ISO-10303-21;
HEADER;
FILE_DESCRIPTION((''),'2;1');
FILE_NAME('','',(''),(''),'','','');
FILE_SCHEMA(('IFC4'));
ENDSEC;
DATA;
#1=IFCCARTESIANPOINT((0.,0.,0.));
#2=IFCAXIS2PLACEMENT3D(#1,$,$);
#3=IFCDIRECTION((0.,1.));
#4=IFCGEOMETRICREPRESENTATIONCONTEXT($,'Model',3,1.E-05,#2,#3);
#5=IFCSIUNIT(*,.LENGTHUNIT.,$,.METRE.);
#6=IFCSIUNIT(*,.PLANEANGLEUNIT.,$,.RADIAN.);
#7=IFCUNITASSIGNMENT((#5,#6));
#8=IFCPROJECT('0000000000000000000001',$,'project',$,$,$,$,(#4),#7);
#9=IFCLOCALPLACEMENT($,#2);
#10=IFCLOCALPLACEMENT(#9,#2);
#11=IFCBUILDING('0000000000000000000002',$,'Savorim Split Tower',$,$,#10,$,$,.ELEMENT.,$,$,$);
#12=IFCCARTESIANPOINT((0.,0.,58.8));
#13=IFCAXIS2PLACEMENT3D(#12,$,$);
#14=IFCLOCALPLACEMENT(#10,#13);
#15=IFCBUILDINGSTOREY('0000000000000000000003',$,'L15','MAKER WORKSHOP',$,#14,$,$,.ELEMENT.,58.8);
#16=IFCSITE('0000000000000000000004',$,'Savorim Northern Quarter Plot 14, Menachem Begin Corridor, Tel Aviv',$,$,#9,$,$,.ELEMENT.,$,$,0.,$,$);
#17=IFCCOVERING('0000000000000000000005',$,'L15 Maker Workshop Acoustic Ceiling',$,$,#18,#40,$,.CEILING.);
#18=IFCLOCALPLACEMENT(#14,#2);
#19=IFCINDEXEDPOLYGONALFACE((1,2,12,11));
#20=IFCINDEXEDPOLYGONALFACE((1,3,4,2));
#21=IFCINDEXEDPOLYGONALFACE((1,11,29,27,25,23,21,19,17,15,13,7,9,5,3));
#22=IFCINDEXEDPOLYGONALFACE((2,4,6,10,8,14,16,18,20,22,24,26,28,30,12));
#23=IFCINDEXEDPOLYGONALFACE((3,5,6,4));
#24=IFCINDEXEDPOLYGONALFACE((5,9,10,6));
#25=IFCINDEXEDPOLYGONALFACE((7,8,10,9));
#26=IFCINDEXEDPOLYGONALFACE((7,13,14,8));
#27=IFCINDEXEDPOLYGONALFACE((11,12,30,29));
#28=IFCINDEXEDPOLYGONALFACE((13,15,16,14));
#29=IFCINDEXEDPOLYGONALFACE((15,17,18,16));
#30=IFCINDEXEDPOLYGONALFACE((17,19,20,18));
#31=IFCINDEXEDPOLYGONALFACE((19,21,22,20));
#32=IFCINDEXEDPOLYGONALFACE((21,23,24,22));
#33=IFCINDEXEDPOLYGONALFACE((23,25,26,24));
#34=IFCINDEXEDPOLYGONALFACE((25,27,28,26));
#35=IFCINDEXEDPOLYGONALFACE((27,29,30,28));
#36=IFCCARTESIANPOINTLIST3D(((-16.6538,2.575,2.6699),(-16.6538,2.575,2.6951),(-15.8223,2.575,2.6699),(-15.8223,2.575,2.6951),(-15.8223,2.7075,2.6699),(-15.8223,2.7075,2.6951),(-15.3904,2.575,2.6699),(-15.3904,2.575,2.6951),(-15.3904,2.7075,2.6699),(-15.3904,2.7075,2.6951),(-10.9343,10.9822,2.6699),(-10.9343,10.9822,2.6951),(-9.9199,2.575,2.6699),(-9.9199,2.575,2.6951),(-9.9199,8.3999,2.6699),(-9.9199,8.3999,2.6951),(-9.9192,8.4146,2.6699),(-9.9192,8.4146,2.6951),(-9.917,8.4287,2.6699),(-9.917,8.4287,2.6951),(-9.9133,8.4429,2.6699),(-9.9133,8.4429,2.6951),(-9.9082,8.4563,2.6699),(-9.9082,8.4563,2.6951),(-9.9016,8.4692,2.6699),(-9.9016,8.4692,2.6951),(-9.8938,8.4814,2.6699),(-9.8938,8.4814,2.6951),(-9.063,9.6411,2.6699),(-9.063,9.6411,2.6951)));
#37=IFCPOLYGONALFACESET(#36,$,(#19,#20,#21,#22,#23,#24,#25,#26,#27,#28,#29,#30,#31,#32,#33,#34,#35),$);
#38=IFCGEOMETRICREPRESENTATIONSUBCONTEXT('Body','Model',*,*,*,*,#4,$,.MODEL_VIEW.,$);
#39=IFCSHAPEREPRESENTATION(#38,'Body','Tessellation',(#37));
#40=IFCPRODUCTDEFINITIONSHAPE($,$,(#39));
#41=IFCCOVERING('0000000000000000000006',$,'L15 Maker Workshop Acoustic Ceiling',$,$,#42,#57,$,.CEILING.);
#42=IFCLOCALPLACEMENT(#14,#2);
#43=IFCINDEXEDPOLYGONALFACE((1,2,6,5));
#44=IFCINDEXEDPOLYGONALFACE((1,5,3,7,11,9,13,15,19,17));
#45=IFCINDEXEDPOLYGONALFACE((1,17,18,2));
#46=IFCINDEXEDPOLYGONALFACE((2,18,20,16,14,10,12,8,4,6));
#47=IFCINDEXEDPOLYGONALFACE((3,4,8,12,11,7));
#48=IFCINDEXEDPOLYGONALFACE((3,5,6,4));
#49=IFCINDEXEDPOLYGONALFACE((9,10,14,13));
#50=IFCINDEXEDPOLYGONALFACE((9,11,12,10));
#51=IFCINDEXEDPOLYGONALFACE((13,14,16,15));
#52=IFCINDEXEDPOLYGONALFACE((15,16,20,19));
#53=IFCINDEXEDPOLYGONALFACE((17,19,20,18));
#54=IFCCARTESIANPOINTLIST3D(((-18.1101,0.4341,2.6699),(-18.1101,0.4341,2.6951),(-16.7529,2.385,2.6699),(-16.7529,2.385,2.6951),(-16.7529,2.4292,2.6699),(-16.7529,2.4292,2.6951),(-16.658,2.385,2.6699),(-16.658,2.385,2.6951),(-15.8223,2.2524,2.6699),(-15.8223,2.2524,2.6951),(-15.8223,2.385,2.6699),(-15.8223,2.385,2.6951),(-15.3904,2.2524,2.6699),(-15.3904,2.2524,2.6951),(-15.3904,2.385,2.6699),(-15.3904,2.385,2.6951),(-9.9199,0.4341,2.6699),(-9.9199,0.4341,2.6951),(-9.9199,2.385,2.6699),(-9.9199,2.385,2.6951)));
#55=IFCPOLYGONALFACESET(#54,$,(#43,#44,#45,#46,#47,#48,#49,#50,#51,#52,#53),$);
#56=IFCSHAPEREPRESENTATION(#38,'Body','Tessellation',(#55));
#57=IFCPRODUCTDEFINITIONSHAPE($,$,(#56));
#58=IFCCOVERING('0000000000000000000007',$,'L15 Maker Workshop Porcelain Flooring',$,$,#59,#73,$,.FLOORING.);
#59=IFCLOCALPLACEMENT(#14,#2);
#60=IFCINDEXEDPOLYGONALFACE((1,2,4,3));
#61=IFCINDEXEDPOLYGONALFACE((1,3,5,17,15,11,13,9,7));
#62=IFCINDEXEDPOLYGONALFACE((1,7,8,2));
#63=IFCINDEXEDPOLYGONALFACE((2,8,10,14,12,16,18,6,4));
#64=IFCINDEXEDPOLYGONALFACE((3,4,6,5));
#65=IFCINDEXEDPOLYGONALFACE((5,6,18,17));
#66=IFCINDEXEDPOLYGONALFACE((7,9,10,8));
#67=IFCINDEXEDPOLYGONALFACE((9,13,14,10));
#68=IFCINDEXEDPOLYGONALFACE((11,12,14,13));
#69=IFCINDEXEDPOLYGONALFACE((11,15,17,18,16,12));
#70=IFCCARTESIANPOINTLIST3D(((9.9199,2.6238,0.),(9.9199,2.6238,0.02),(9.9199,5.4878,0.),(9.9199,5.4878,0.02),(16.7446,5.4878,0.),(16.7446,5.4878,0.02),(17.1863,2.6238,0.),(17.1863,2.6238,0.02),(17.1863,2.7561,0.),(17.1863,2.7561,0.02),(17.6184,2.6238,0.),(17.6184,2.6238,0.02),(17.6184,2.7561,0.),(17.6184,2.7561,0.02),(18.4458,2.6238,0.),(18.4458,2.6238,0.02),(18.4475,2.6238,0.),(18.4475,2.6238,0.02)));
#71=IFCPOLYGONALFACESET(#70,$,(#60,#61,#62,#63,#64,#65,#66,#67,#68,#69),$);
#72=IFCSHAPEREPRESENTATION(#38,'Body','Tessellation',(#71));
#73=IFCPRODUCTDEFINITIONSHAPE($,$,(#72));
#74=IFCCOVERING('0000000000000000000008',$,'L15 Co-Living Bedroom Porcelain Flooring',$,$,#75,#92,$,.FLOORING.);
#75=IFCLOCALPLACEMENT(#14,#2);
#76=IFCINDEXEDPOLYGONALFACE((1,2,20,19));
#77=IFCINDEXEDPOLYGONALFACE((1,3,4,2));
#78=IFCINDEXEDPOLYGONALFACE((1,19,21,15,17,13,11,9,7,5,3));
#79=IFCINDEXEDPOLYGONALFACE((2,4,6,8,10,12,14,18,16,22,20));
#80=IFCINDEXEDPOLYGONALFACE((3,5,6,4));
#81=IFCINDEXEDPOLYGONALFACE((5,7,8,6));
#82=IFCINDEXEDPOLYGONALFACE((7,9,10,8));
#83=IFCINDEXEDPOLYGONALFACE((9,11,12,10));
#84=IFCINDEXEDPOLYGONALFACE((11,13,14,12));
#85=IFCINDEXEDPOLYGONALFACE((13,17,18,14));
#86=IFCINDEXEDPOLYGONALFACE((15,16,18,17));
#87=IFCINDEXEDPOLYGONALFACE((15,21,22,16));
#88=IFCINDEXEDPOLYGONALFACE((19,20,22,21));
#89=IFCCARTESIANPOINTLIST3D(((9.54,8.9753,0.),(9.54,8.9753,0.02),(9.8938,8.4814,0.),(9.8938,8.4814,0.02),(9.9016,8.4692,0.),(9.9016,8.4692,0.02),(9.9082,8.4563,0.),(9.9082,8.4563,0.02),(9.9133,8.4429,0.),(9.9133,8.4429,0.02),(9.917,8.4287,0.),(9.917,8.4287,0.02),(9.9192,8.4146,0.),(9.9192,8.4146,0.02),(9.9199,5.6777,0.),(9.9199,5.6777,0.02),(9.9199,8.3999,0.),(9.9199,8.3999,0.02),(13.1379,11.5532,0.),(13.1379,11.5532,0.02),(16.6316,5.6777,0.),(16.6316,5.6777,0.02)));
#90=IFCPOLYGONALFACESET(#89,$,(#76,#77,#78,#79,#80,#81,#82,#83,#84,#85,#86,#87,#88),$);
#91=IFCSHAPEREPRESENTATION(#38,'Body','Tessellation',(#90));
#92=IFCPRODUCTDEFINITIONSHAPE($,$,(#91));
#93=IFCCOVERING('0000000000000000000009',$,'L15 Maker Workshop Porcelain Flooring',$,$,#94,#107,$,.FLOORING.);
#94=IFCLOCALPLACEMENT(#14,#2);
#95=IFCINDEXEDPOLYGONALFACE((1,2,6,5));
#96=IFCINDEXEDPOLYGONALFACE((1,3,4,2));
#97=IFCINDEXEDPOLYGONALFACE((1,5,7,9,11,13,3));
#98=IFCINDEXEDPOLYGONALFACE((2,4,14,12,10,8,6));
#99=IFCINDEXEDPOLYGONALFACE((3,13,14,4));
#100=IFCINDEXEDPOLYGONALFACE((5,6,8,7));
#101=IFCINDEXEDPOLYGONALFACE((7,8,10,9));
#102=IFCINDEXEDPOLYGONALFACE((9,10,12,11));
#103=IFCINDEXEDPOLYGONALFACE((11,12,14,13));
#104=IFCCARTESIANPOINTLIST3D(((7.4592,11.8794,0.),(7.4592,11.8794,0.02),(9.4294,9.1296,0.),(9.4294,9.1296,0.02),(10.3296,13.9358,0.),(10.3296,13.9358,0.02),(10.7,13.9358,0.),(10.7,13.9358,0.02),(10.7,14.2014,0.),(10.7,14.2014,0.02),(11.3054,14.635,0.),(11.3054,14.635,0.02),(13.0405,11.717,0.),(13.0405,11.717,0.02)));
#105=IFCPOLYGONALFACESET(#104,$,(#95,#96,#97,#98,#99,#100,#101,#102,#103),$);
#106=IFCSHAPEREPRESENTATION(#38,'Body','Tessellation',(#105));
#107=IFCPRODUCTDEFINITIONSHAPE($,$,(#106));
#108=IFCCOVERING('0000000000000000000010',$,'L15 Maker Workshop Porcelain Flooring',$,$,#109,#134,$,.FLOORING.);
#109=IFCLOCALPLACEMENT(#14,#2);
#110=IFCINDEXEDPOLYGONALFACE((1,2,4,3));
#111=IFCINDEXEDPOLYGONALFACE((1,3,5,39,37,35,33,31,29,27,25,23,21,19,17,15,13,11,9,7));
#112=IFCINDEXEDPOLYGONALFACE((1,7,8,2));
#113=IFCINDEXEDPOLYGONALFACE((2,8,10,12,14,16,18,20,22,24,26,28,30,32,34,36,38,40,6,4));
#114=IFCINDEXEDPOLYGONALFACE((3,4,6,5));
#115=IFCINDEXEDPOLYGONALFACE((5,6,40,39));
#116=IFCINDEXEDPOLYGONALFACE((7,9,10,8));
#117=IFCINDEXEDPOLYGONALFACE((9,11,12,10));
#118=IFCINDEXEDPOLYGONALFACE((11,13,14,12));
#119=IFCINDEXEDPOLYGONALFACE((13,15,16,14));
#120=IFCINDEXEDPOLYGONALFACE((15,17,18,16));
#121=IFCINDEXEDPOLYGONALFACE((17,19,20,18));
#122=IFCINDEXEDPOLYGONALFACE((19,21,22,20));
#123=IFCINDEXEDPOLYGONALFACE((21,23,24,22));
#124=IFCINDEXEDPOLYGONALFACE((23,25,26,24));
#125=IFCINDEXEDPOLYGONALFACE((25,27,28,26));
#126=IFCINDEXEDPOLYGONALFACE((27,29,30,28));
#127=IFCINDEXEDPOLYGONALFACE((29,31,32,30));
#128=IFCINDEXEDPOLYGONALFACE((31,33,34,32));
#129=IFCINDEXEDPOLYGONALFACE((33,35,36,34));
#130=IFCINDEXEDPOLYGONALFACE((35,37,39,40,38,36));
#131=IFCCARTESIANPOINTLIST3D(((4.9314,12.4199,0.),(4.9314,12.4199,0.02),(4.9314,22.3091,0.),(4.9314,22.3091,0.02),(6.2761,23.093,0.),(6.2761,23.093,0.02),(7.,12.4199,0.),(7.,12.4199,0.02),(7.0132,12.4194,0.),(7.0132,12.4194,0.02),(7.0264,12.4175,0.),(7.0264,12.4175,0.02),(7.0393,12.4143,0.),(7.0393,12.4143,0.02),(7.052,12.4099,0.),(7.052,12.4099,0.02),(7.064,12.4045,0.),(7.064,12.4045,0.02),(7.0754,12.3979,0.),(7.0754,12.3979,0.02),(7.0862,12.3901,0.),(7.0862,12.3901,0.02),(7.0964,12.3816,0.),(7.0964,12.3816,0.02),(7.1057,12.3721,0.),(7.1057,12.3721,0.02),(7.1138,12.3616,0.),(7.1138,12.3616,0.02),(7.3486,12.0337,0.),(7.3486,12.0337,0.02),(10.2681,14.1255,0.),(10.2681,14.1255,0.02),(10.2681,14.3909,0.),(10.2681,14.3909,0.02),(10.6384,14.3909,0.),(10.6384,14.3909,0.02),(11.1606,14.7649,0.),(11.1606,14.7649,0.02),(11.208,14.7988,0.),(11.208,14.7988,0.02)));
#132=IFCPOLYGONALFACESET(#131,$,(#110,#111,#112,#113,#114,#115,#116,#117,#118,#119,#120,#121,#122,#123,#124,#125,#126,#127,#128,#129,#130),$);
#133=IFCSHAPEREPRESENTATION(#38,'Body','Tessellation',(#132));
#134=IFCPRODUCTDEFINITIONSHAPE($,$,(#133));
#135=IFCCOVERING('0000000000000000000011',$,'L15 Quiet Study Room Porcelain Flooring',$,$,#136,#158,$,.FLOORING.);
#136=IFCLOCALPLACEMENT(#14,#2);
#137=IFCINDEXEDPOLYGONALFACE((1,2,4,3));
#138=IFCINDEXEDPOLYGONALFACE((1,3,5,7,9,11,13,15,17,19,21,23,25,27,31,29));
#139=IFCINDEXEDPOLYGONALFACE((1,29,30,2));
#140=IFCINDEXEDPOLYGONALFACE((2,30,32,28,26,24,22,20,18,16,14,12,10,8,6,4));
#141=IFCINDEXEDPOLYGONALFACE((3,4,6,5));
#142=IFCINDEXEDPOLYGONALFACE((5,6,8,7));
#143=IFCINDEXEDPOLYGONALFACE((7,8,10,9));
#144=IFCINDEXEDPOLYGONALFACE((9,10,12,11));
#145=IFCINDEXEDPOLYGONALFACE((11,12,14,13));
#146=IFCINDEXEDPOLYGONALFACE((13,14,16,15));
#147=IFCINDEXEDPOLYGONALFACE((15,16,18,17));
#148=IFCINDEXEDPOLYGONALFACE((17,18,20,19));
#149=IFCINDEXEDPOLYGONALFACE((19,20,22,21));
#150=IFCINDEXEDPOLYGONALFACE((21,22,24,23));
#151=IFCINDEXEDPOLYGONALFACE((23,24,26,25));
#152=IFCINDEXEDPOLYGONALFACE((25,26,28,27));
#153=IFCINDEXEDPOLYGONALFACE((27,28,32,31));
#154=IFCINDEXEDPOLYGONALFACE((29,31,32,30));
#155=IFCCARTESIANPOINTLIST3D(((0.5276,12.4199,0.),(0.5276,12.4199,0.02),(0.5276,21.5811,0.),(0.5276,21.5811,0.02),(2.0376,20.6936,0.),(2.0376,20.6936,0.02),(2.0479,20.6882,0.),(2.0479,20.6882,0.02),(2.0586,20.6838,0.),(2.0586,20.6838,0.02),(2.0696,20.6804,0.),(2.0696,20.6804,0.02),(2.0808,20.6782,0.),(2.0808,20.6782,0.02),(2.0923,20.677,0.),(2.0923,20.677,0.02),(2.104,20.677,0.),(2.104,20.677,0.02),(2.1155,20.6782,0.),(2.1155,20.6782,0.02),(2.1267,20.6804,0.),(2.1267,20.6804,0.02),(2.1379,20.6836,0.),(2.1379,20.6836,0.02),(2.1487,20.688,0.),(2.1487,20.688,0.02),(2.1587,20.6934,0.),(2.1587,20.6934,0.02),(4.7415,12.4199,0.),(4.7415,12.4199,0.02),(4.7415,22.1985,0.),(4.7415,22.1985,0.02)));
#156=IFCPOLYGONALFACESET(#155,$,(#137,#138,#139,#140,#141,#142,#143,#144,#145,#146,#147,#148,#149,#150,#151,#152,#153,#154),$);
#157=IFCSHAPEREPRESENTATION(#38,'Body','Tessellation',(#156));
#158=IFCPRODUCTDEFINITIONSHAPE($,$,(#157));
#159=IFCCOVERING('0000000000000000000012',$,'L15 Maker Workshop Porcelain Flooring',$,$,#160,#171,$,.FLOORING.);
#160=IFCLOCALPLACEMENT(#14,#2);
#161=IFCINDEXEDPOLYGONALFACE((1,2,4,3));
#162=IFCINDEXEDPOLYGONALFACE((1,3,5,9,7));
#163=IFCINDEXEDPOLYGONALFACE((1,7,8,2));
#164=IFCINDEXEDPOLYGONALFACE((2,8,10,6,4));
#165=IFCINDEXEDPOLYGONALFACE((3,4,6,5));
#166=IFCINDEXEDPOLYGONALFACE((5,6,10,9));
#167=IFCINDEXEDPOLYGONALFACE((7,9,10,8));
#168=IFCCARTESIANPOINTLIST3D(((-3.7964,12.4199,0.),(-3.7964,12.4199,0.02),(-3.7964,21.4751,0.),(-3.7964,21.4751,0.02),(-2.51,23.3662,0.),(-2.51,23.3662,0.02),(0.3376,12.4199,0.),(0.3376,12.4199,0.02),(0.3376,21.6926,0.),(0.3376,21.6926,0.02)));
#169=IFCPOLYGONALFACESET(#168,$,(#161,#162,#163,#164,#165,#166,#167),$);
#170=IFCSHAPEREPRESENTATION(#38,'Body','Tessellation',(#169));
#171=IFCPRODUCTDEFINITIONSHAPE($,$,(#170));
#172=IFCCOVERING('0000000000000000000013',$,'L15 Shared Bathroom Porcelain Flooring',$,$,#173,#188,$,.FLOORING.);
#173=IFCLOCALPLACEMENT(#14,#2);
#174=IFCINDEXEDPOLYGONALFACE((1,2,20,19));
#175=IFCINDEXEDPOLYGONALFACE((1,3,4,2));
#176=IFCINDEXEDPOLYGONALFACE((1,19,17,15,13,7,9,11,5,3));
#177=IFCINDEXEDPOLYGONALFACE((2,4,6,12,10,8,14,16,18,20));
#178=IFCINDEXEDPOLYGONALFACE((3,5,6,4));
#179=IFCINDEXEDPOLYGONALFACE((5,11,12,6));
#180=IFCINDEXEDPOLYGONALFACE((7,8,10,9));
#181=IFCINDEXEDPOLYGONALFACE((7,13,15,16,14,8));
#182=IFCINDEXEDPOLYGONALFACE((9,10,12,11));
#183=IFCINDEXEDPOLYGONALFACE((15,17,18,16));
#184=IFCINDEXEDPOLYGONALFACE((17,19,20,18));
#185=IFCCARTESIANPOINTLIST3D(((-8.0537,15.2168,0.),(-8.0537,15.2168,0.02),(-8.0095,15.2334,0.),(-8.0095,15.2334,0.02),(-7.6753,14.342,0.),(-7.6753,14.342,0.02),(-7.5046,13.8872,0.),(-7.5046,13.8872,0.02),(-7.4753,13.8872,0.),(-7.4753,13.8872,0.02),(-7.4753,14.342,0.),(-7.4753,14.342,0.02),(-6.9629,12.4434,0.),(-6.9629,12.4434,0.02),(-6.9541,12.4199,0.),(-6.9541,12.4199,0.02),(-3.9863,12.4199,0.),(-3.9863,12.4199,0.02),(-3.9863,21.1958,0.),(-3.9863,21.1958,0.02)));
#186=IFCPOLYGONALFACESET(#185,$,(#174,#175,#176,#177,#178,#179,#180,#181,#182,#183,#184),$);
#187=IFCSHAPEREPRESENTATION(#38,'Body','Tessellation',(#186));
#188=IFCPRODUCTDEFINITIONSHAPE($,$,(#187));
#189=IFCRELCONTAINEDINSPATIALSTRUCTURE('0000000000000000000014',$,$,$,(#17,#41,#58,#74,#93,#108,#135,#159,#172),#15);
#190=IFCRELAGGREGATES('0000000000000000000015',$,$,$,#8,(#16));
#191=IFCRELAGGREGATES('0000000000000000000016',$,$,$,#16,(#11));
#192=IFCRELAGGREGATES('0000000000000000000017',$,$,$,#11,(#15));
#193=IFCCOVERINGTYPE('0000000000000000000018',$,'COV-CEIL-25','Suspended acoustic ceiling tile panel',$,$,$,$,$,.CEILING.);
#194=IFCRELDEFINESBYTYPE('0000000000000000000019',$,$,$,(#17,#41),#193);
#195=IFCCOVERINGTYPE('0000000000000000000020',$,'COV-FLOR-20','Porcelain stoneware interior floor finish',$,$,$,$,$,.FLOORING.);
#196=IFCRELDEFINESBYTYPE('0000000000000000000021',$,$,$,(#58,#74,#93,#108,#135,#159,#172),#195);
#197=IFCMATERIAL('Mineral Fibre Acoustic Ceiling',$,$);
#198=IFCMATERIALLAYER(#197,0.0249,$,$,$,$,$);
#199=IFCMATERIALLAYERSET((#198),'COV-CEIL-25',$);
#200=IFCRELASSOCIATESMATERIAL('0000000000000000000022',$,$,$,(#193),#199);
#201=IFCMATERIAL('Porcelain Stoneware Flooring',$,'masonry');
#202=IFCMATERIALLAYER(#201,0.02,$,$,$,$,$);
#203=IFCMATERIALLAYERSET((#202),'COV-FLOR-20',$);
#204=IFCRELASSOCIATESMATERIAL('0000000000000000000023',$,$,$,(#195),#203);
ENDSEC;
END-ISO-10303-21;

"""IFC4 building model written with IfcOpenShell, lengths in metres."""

from ifc_helpers import new_model, si_unit, direction, frame, origin, place, context, subcontext, project, spatial, polyline, outline, extrude, material, layer, layer_set, type_object, element, save


model = new_model("IFC4")

# Units and contexts
model_context = context("Model", 3, precision=1e-05, world=origin(), true_north=direction((0.0, 1.0)))
body_context = subcontext(model_context, "Body", "Model", "MODEL_VIEW")
ifc_project = project(units=[si_unit("LENGTHUNIT", "METRE"), si_unit("PLANEANGLEUNIT", "RADIAN")], contexts=[model_context])

# Site, building, storey
site_placement = place(None, origin())
site = spatial("IfcSite", under=ifc_project, at=site_placement, Name="Savorim Northern Quarter Plot 14, Menachem Begin Corridor, Tel Aviv", CompositionType="ELEMENT", RefElevation=0.0)
building_placement = place(site_placement, origin())
building = spatial("IfcBuilding", under=site, at=building_placement, Name="Savorim Split Tower", CompositionType="ELEMENT")
storey_placement = place(building_placement, frame((0.0, 0.0, 58.8)))
storey = spatial("IfcBuildingStorey", under=building, at=storey_placement, Name="L15", Description="MAKER WORKSHOP", CompositionType="ELEMENT", Elevation=58.8)

# Coverings
ifc_material_1 = material(Name="Mineral Fibre Acoustic Ceiling")
ifc_layer_1 = layer(ifc_material_1, 0.0249)
ifc_layer_set_1 = layer_set([ifc_layer_1], Name="COV-CEIL-25")
covering_type_1 = type_object("IfcCoveringType", Name="COV-CEIL-25", Description="Suspended acoustic ceiling tile panel", PredefinedType="CEILING", material=ifc_layer_set_1)
covering_1_placement = place(storey_placement, frame((0.0, 0.0, 2.6699)))
element("IfcCovering", 1, at=covering_1_placement, inside=storey, type_object=covering_type_1, Name="L15 Maker Workshop Acoustic Ceiling", PredefinedType="CEILING", context=body_context, shape_type="SweptSolid", body=[
    extrude(outline(polyline([(-9.9082, 8.4563), (-9.9016, 8.4692), (-9.8938, 8.4814), (-9.063, 9.6411), (-10.9343, 10.9822), (-16.6538, 2.575), (-15.8223, 2.575), (-15.8223, 2.7075), (-15.3904, 2.7075), (-15.3904, 2.575), (-9.9199, 2.575), (-9.9199, 8.3999), (-9.9192, 8.4146), (-9.917, 8.4287), (-9.9133, 8.4429), (-9.9082, 8.4563)])), origin(), (0.0, 0.0, 1.0), 0.0251),
])
covering_2_placement = place(storey_placement, frame((0.0, 0.0, 2.6699)))
element("IfcCovering", 2, at=covering_2_placement, inside=storey, type_object=covering_type_1, Name="L15 Maker Workshop Acoustic Ceiling", PredefinedType="CEILING", context=body_context, shape_type="SweptSolid", body=[
    extrude(outline(polyline([(-15.8223, 2.385), (-16.658, 2.385), (-16.7529, 2.385), (-16.7529, 2.4292), (-18.1101, 0.4341), (-9.9199, 0.4341), (-9.9199, 2.385), (-15.3904, 2.385), (-15.3904, 2.2524), (-15.8223, 2.2524), (-15.8223, 2.385)])), origin(), (0.0, 0.0, 1.0), 0.0251),
])
ifc_material_2 = material(Name="Porcelain Stoneware Flooring", Category="masonry")
ifc_layer_2 = layer(ifc_material_2, 0.02)
ifc_layer_set_2 = layer_set([ifc_layer_2], Name="COV-FLOR-20")
covering_type_2 = type_object("IfcCoveringType", Name="COV-FLOR-20", Description="Porcelain stoneware interior floor finish", PredefinedType="FLOORING", material=ifc_layer_set_2)
covering_3_placement = place(storey_placement, origin())
element("IfcCovering", 3, at=covering_3_placement, inside=storey, type_object=covering_type_2, Name="L15 Maker Workshop Porcelain Flooring", PredefinedType="FLOORING", context=body_context, shape_type="SweptSolid", body=[
    extrude(outline(polyline([(17.6184, 2.7561), (17.6184, 2.6238), (18.4458, 2.6238), (18.4475, 2.6238), (16.7446, 5.4878), (9.9199, 5.4878), (9.9199, 2.6238), (17.1863, 2.6238), (17.1863, 2.7561), (17.6184, 2.7561)])), origin(), (0.0, 0.0, 1.0), 0.02),
])
covering_4_placement = place(storey_placement, origin())
element("IfcCovering", 4, at=covering_4_placement, inside=storey, type_object=covering_type_2, Name="L15 Co-Living Bedroom Porcelain Flooring", PredefinedType="FLOORING", context=body_context, shape_type="SweptSolid", body=[
    extrude(outline(polyline([(9.917, 8.4287), (9.9192, 8.4146), (9.9199, 8.3999), (9.9199, 5.6777), (16.6316, 5.6777), (13.1379, 11.5532), (9.54, 8.9753), (9.8938, 8.4814), (9.9016, 8.4692), (9.9082, 8.4563), (9.9133, 8.4429), (9.917, 8.4287)])), origin(), (0.0, 0.0, 1.0), 0.02),
])
covering_5_placement = place(storey_placement, origin())
element("IfcCovering", 5, at=covering_5_placement, inside=storey, type_object=covering_type_2, Name="L15 Maker Workshop Porcelain Flooring", PredefinedType="FLOORING", context=body_context, shape_type="SweptSolid", body=[
    extrude(outline(polyline([(10.3296, 13.9358), (7.4592, 11.8794), (7.4592, 11.8794), (9.4294, 9.1296), (13.0405, 11.717), (11.3054, 14.635), (10.7, 14.2014), (10.7, 13.9358), (10.3296, 13.9358)])), origin(), (0.0, 0.0, 1.0), 0.02),
])
covering_6_placement = place(storey_placement, origin())
element("IfcCovering", 6, at=covering_6_placement, inside=storey, type_object=covering_type_2, Name="L15 Maker Workshop Porcelain Flooring", PredefinedType="FLOORING", context=body_context, shape_type="SweptSolid", body=[
    extrude(outline(polyline([(11.1606, 14.7649), (11.208, 14.7988), (6.2761, 23.093), (4.9314, 22.3091), (4.9314, 12.4199), (7.0, 12.4199), (7.0132, 12.4194), (7.0264, 12.4175), (7.0393, 12.4143), (7.052, 12.4099), (7.064, 12.4045), (7.0754, 12.3979), (7.0862, 12.3901), (7.0964, 12.3816), (7.1057, 12.3721), (7.1138, 12.3616), (7.3486, 12.0337), (10.2681, 14.1255), (10.2681, 14.3909), (10.6384, 14.3909), (11.1606, 14.7649)])), origin(), (0.0, 0.0, 1.0), 0.02),
])
covering_7_placement = place(storey_placement, origin())
element("IfcCovering", 7, at=covering_7_placement, inside=storey, type_object=covering_type_2, Name="L15 Quiet Study Room Porcelain Flooring", PredefinedType="FLOORING", context=body_context, shape_type="SweptSolid", body=[
    extrude(outline(polyline([(2.0586, 20.6838), (2.0479, 20.6882), (2.0376, 20.6936), (0.5276, 21.5811), (0.5276, 12.4199), (4.7415, 12.4199), (4.7415, 22.1985), (2.1587, 20.6934), (2.1487, 20.688), (2.1379, 20.6836), (2.1267, 20.6804), (2.1155, 20.6782), (2.104, 20.677), (2.0923, 20.677), (2.0808, 20.6782), (2.0696, 20.6804), (2.0586, 20.6838)])), origin(), (0.0, 0.0, 1.0), 0.02),
])
covering_8_placement = place(storey_placement, origin())
element("IfcCovering", 8, at=covering_8_placement, inside=storey, type_object=covering_type_2, Name="L15 Maker Workshop Porcelain Flooring", PredefinedType="FLOORING", context=body_context, shape_type="SweptSolid", body=[
    extrude(outline(polyline([(-3.7964, 12.4199), (0.3376, 12.4199), (0.3376, 21.6926), (-2.51, 23.3662), (-3.7964, 21.4751), (-3.7964, 12.4199)])), origin(), (0.0, 0.0, 1.0), 0.02),
])
covering_9_placement = place(storey_placement, origin())
element("IfcCovering", 9, at=covering_9_placement, inside=storey, type_object=covering_type_2, Name="L15 Shared Bathroom Porcelain Flooring", PredefinedType="FLOORING", context=body_context, shape_type="SweptSolid", body=[
    extrude(outline(polyline([(-7.5046, 13.8872), (-6.9629, 12.4434), (-6.9541, 12.4199), (-3.9863, 12.4199), (-3.9863, 21.1958), (-8.0537, 15.2168), (-8.0095, 15.2334), (-7.6753, 14.342), (-7.4753, 14.342), (-7.4753, 13.8872), (-7.5046, 13.8872)])), origin(), (0.0, 0.0, 1.0), 0.02),
])

save(model, "model.ifc")
